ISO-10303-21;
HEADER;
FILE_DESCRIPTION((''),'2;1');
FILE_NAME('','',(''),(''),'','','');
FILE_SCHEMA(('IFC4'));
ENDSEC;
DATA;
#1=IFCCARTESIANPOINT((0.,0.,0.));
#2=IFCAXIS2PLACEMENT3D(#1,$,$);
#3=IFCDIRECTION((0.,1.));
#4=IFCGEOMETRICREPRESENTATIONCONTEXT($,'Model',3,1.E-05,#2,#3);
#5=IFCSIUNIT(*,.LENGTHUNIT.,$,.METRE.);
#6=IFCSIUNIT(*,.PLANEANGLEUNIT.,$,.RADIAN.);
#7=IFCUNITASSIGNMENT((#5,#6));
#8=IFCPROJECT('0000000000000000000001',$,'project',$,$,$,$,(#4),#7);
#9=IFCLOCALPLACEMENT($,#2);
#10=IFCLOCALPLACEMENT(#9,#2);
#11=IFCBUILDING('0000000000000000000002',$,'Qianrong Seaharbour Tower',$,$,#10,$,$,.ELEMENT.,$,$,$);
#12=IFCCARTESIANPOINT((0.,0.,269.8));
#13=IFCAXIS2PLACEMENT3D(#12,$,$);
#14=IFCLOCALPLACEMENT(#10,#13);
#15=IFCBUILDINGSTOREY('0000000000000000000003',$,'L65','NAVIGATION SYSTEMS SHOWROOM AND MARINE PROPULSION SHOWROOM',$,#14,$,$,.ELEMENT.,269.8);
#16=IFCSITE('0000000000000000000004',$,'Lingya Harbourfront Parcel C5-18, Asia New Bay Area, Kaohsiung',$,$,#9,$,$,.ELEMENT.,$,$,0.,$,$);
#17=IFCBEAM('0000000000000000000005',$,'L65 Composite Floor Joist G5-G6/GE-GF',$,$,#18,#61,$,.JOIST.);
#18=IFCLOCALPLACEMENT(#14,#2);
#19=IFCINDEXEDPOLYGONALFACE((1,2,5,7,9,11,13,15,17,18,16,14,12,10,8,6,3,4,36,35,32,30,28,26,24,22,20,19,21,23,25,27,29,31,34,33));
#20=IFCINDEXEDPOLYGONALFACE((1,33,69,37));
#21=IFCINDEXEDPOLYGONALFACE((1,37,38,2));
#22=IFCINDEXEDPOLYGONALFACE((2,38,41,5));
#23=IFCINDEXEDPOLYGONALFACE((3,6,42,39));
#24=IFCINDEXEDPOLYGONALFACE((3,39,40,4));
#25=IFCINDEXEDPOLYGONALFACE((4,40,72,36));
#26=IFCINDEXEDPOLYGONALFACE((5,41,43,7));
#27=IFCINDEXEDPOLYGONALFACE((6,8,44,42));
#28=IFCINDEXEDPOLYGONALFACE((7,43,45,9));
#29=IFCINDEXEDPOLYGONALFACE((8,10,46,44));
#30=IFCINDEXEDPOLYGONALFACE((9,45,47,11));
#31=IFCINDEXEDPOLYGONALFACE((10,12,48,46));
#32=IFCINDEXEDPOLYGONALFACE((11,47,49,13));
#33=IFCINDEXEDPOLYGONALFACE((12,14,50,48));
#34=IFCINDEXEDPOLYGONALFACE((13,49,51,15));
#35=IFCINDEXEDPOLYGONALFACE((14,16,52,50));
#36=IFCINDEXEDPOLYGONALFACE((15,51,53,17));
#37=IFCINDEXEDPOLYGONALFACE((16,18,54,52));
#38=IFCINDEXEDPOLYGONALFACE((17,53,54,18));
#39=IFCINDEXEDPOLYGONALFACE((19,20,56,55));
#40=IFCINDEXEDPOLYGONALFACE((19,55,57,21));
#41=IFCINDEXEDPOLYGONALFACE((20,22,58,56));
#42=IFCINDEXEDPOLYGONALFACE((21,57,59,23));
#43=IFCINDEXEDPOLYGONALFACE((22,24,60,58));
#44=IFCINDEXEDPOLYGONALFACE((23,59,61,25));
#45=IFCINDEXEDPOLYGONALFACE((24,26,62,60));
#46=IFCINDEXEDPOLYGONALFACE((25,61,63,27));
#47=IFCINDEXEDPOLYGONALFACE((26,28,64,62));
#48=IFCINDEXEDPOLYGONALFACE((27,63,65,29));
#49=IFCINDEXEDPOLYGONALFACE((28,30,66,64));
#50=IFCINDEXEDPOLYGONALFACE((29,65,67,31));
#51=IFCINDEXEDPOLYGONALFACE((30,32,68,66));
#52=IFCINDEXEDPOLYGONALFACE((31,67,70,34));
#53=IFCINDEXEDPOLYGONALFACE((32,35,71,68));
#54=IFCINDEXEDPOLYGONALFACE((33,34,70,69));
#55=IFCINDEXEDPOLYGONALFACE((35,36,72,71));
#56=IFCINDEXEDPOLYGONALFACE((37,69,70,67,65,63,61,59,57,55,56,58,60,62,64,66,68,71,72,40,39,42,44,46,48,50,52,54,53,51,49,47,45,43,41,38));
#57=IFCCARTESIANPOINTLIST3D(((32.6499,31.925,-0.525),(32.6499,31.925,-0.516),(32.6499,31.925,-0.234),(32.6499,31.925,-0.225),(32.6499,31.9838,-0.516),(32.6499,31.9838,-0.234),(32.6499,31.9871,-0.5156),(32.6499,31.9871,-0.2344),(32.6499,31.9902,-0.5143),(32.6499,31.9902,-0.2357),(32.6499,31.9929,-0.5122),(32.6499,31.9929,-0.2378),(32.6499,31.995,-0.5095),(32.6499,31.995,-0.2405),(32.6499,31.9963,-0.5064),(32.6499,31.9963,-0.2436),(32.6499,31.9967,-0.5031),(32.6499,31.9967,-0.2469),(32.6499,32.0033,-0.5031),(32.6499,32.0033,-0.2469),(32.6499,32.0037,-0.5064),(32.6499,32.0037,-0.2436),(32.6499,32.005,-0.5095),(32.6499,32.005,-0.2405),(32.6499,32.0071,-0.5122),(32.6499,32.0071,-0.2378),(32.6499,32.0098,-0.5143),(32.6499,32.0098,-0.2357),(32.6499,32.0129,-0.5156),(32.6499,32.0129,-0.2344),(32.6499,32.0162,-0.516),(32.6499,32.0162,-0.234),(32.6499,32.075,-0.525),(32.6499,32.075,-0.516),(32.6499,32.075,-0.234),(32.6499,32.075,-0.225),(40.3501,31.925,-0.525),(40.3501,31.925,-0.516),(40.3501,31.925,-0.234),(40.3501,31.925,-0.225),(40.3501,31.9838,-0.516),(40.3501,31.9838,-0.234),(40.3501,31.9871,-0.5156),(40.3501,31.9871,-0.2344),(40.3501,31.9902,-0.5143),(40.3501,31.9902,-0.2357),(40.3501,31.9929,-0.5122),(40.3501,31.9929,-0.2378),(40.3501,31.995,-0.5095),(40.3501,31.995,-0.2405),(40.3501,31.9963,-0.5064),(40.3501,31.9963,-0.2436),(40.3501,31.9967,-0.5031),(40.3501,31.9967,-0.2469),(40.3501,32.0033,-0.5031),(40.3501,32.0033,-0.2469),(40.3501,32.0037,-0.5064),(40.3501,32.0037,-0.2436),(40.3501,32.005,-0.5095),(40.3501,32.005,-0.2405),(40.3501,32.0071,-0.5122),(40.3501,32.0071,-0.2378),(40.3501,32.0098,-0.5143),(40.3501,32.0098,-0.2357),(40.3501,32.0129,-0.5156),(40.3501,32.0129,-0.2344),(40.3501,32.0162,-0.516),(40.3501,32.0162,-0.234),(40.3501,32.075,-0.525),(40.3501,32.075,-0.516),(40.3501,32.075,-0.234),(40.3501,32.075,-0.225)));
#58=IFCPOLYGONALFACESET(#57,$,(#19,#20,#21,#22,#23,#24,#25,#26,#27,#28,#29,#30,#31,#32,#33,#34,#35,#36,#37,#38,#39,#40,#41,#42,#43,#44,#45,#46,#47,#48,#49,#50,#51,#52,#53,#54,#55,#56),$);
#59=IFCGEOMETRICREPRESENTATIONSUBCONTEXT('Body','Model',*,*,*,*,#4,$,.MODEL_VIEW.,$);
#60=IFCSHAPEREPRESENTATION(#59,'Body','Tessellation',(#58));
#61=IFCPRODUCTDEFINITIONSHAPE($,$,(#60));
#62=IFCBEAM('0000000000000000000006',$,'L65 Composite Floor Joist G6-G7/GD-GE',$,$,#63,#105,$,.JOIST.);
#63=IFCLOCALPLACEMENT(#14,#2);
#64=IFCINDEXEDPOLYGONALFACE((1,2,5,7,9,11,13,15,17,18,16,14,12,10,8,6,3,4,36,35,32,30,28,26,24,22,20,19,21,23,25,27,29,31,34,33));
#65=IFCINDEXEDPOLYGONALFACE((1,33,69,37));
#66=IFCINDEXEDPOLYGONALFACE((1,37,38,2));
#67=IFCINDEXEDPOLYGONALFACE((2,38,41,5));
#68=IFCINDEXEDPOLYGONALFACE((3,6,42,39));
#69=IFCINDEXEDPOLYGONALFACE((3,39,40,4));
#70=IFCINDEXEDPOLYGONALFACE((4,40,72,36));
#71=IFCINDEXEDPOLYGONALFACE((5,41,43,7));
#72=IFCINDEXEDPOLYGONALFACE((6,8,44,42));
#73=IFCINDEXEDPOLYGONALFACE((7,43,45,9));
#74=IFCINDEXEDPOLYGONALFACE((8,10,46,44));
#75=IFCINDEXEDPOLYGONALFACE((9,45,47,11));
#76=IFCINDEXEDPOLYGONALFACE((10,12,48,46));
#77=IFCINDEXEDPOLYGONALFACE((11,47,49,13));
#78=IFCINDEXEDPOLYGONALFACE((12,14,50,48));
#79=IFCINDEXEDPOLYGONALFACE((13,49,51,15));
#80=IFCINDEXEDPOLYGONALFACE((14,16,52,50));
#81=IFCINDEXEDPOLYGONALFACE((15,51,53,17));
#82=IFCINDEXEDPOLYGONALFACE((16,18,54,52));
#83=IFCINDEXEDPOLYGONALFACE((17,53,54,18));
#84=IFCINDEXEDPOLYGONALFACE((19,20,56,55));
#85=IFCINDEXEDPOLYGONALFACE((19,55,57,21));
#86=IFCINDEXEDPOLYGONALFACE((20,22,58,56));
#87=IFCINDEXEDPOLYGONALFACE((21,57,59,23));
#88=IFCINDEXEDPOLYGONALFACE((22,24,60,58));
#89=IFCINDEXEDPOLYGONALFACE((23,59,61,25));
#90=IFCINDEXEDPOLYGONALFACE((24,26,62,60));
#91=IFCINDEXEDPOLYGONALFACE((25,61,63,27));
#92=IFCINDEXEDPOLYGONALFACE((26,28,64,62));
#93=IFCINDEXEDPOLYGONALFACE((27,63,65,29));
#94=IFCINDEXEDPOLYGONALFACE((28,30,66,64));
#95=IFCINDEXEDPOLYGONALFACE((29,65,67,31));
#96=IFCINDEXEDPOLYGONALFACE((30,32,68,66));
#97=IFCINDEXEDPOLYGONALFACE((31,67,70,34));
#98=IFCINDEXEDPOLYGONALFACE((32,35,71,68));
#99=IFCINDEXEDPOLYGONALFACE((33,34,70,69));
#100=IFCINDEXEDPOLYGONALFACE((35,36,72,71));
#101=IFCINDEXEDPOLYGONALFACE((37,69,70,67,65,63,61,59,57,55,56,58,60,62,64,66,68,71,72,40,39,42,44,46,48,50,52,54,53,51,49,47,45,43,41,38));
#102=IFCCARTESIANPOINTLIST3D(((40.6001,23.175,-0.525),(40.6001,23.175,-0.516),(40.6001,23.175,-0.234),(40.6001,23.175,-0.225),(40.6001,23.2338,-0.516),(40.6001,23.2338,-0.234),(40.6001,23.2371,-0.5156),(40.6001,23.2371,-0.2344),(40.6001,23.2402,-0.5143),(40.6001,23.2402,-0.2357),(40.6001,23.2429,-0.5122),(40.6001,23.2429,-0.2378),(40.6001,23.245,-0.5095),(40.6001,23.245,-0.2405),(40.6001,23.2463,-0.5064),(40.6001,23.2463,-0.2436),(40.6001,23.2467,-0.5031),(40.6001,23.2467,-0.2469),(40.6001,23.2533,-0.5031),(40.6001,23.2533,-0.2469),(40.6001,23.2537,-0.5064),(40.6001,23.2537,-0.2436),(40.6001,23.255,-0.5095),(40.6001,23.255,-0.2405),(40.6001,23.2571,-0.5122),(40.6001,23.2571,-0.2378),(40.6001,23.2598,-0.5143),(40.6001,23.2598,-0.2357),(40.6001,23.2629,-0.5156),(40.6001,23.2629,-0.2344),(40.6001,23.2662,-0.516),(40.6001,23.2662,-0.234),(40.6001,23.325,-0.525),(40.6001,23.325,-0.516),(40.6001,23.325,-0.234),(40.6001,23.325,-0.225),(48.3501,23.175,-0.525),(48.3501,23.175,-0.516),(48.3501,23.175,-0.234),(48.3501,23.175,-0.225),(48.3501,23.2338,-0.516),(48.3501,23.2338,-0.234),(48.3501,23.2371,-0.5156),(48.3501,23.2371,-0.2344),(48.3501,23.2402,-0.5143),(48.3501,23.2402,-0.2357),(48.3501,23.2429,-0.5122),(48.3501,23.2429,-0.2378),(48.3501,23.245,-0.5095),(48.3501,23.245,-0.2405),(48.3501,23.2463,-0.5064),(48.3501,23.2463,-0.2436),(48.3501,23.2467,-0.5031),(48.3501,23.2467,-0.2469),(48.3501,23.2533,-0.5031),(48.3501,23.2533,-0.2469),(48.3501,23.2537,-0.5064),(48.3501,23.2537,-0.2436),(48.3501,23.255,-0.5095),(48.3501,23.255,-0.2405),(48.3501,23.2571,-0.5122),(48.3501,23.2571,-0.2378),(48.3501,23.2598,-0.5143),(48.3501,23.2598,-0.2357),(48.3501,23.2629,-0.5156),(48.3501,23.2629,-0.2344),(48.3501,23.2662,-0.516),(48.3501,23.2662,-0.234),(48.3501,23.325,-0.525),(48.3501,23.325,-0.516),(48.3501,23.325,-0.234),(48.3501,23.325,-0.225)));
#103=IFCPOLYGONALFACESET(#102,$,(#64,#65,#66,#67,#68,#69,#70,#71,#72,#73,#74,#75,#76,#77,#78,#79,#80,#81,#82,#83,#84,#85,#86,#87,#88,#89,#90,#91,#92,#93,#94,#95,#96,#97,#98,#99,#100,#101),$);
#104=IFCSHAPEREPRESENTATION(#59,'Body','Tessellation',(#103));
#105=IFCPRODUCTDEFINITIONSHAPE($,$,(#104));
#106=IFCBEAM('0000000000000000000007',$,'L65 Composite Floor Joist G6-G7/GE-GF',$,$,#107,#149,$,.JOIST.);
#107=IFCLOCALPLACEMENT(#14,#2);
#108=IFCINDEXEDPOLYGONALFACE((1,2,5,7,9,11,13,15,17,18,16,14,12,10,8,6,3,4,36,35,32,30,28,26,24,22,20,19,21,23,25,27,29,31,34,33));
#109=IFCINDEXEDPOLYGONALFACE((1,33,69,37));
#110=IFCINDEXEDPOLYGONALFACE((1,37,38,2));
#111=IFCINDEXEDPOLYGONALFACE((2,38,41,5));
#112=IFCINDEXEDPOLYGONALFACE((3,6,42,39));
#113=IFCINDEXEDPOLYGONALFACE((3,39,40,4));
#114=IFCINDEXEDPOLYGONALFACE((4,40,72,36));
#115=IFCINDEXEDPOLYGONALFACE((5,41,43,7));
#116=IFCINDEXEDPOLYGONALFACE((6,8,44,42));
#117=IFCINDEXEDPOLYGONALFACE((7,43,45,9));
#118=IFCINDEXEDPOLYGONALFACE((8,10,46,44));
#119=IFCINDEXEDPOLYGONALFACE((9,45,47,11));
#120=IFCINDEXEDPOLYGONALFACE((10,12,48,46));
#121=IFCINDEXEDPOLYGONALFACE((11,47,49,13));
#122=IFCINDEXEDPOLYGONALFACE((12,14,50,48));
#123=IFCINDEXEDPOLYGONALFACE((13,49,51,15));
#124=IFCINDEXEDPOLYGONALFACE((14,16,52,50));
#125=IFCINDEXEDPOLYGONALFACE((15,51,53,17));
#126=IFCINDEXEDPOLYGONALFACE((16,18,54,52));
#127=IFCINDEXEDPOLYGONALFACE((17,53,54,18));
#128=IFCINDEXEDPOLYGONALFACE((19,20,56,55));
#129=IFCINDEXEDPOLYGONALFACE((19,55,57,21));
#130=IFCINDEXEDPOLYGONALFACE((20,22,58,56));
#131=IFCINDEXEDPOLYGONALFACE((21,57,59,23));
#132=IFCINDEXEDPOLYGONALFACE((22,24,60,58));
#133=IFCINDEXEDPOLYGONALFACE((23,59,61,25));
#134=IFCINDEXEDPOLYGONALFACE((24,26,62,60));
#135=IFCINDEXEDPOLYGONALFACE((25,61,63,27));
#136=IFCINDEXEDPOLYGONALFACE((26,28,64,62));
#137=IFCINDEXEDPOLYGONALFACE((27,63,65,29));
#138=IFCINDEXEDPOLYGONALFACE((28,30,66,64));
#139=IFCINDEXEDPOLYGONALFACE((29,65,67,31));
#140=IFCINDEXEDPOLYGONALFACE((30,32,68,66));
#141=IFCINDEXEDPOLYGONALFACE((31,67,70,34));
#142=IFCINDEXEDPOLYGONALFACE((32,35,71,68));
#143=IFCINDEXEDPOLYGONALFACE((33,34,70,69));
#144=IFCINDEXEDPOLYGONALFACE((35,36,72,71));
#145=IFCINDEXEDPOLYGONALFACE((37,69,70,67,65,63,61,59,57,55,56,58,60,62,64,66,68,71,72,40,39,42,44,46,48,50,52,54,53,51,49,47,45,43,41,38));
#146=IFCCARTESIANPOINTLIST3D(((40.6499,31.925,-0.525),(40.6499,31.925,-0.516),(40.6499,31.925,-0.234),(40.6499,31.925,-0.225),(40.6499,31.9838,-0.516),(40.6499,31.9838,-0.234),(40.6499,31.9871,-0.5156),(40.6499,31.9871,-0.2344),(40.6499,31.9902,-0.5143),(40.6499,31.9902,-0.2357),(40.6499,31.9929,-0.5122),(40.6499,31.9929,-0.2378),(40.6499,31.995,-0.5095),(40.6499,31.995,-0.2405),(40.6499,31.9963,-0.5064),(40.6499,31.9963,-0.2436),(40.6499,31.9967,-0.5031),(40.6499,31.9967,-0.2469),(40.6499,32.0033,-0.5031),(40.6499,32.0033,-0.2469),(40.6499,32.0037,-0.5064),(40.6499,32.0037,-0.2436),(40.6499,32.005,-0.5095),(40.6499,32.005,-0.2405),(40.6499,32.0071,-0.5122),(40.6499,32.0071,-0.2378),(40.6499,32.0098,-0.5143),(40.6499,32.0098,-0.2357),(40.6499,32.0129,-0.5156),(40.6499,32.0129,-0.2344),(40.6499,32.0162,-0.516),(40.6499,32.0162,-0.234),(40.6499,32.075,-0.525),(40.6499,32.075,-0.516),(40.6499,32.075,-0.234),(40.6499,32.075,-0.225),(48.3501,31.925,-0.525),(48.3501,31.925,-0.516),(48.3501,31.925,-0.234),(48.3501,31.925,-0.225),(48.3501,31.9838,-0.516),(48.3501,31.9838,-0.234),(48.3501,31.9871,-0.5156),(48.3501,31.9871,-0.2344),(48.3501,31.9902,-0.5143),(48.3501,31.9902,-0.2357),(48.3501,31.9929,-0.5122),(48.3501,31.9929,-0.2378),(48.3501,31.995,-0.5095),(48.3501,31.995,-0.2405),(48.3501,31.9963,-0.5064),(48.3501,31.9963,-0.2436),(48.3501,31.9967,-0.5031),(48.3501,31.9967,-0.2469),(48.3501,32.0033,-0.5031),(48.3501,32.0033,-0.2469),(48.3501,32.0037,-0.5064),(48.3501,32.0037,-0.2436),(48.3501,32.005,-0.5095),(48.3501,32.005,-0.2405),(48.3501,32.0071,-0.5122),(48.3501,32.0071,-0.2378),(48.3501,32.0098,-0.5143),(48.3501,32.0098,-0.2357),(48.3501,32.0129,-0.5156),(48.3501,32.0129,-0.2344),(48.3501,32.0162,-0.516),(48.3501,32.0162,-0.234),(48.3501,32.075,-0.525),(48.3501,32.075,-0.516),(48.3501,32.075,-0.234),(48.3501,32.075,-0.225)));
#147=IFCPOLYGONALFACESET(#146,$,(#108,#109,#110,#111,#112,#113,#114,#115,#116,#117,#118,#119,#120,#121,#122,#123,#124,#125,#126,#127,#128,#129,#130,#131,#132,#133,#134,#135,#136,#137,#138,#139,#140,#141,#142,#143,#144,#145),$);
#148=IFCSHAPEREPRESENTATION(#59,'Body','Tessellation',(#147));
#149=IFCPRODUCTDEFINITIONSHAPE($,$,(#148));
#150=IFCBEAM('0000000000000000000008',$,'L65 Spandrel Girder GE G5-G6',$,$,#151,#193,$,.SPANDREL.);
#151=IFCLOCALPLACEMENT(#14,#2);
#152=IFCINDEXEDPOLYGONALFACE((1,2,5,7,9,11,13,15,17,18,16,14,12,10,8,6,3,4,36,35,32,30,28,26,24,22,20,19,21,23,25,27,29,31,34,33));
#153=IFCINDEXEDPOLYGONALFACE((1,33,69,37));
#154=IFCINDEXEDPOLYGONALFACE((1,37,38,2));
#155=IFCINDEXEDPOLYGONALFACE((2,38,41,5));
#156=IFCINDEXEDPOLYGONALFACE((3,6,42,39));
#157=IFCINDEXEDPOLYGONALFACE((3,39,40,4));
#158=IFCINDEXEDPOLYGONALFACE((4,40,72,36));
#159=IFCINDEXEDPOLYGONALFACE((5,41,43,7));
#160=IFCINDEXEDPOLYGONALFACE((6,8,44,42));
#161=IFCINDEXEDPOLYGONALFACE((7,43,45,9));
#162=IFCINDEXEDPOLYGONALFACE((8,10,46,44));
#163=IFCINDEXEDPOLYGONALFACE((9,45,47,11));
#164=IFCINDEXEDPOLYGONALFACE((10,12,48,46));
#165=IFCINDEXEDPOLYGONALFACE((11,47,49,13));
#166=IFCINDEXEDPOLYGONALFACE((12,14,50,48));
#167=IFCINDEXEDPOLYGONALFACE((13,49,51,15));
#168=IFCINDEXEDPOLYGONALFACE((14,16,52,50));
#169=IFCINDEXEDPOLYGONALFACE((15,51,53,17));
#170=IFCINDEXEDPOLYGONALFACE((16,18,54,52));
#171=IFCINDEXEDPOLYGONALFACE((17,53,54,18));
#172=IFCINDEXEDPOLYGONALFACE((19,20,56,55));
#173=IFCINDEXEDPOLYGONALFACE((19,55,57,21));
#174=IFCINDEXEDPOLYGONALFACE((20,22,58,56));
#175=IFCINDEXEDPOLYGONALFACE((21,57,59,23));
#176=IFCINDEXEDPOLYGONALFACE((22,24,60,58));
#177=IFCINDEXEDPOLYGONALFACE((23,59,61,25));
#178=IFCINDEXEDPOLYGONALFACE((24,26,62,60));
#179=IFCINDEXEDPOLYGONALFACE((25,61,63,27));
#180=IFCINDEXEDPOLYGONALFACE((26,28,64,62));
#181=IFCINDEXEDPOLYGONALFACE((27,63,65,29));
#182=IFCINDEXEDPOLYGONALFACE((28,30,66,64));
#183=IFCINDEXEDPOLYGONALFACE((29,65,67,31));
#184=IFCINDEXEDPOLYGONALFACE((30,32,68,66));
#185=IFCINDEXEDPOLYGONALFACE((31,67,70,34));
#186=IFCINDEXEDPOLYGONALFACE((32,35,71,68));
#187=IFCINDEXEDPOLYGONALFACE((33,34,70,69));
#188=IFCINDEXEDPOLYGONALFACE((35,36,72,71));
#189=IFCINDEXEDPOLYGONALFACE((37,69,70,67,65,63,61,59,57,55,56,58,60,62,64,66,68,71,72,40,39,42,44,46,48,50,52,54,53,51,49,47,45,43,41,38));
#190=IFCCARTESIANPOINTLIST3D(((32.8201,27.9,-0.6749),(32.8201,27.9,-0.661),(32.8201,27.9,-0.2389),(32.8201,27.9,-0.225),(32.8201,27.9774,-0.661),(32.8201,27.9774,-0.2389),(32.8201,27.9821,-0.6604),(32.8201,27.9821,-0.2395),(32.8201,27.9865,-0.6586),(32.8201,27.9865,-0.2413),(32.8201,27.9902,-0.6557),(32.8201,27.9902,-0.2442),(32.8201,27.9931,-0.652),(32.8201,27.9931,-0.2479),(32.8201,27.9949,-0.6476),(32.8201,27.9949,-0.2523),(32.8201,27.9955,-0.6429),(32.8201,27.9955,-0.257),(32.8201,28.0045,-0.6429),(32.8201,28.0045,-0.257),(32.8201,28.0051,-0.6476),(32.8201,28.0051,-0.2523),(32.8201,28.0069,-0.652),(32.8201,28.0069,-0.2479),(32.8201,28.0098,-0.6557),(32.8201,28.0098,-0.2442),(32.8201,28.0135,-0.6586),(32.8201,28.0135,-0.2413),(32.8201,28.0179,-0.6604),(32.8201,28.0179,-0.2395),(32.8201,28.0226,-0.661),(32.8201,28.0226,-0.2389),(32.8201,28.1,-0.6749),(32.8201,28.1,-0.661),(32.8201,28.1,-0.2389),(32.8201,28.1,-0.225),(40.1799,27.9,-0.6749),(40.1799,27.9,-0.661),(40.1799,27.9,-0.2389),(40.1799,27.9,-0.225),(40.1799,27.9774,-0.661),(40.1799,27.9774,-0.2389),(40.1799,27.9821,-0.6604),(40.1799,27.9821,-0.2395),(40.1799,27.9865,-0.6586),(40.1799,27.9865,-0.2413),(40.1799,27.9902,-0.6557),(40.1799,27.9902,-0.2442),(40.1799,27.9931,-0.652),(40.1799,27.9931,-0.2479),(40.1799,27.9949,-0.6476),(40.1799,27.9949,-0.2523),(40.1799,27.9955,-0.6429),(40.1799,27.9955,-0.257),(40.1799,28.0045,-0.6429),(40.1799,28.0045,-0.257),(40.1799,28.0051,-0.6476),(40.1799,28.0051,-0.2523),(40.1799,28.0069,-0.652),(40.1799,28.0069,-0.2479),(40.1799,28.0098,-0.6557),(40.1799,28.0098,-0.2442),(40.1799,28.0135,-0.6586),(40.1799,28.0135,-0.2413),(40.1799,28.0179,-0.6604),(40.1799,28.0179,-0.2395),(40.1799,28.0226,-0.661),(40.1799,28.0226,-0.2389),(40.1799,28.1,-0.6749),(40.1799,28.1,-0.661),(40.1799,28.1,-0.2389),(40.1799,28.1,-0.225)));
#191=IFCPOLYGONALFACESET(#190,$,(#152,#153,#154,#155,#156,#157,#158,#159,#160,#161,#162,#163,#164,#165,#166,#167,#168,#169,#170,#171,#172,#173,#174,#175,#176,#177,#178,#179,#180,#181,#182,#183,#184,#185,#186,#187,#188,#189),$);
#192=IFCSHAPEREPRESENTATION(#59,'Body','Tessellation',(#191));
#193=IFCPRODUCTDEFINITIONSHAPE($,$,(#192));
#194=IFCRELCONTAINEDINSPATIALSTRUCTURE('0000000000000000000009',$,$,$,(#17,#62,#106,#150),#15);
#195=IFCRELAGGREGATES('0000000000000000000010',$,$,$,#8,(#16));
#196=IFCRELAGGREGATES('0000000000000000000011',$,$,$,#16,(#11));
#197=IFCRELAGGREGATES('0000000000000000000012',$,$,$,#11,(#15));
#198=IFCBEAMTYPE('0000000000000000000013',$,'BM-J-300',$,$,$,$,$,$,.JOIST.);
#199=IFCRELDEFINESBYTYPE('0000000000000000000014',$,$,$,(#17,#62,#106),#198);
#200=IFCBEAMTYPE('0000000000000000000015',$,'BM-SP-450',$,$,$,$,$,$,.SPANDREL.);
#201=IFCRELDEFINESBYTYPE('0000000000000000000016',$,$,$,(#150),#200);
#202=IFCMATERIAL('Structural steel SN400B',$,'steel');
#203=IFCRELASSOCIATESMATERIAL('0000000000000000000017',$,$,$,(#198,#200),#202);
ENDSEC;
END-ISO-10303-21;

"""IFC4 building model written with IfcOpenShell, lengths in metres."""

from ifc_helpers import new_model, si_unit, direction, frame, origin, origin_2d, place, context, subcontext, project, spatial, i_section, extrude, material, material_profile, profile_set, type_object, element, save


model = new_model("IFC4")

# Units and contexts
model_context = context("Model", 3, precision=1e-05, world=origin(), true_north=direction((0.0, 1.0)))
body_context = subcontext(model_context, "Body", "Model", "MODEL_VIEW")
ifc_project = project(units=[si_unit("LENGTHUNIT", "METRE"), si_unit("PLANEANGLEUNIT", "RADIAN")], contexts=[model_context])

# Site, building, storey
site_placement = place(None, origin())
site = spatial("IfcSite", under=ifc_project, at=site_placement, Name="Lingya Harbourfront Parcel C5-18, Asia New Bay Area, Kaohsiung", CompositionType="ELEMENT", RefElevation=0.0)
building_placement = place(site_placement, origin())
building = spatial("IfcBuilding", under=site, at=building_placement, Name="Qianrong Seaharbour Tower", CompositionType="ELEMENT")
storey_placement = place(building_placement, frame((0.0, 0.0, 269.8)))
storey = spatial("IfcBuildingStorey", under=building, at=storey_placement, Name="L65", Description="NAVIGATION SYSTEMS SHOWROOM AND MARINE PROPULSION SHOWROOM", CompositionType="ELEMENT", Elevation=269.8)

# Beams
ifc_material_1 = material(Name="Structural steel SN400B", Category="steel")
ifc_material_profile_1 = material_profile(ifc_material_1, i_section(OverallWidth=0.1499, OverallDepth=0.3, WebThickness=0.0066, FlangeThickness=0.009, FilletRadius=0.0129, at=origin_2d()), Name="H300x150x6.5x9")
ifc_profile_set_1 = profile_set([ifc_material_profile_1], Name="Structural steel SN400B")
beam_type_1 = type_object("IfcBeamType", Name="BM-J-300", PredefinedType="JOIST", material=ifc_profile_set_1)
beam_1_placement = place(storey_placement, frame((32.6499, 32.0, -0.375), z_axis=(1.0, 0.0, 0.0), x_axis=(0.0, 1.0, 0.0)))
element("IfcBeam", 1, at=beam_1_placement, inside=storey, type_object=beam_type_1, Name="L65 Composite Floor Joist G5-G6/GE-GF", PredefinedType="JOIST", context=body_context, shape_type="SweptSolid", body=[
    extrude(i_section(OverallWidth=0.1499, OverallDepth=0.3, WebThickness=0.0066, FlangeThickness=0.009, FilletRadius=0.0129, at=origin_2d()), origin(), (0.0, 0.0, 1.0), 7.7002),
])
beam_2_placement = place(storey_placement, frame((40.6001, 23.25, -0.375), z_axis=(1.0, 0.0, 0.0), x_axis=(0.0, 1.0, 0.0)))
element("IfcBeam", 2, at=beam_2_placement, inside=storey, type_object=beam_type_1, Name="L65 Composite Floor Joist G6-G7/GD-GE", PredefinedType="JOIST", context=body_context, shape_type="SweptSolid", body=[
    extrude(i_section(OverallWidth=0.1499, OverallDepth=0.3, WebThickness=0.0066, FlangeThickness=0.009, FilletRadius=0.0129, at=origin_2d()), origin(), (0.0, 0.0, 1.0), 7.75),
])
beam_3_placement = place(storey_placement, frame((40.6499, 32.0, -0.375), z_axis=(1.0, 0.0, 0.0), x_axis=(0.0, 1.0, 0.0)))
element("IfcBeam", 3, at=beam_3_placement, inside=storey, type_object=beam_type_1, Name="L65 Composite Floor Joist G6-G7/GE-GF", PredefinedType="JOIST", context=body_context, shape_type="SweptSolid", body=[
    extrude(i_section(OverallWidth=0.1499, OverallDepth=0.3, WebThickness=0.0066, FlangeThickness=0.009, FilletRadius=0.0129, at=origin_2d()), origin(), (0.0, 0.0, 1.0), 7.7002),
])
ifc_material_profile_2 = material_profile(ifc_material_1, i_section(OverallWidth=0.2, OverallDepth=0.45, WebThickness=0.009, FlangeThickness=0.0139, FilletRadius=0.0181, at=origin_2d()), Name="H450x200x9x14")
ifc_profile_set_2 = profile_set([ifc_material_profile_2], Name="Structural steel SN400B")
beam_type_2 = type_object("IfcBeamType", Name="BM-SP-450", PredefinedType="SPANDREL", material=ifc_profile_set_2)
beam_4_placement = place(storey_placement, frame((32.8201, 28.0, -0.45), z_axis=(1.0, 0.0, 0.0), x_axis=(0.0, 1.0, 0.0)))
element("IfcBeam", 4, at=beam_4_placement, inside=storey, type_object=beam_type_2, Name="L65 Spandrel Girder GE G5-G6", PredefinedType="SPANDREL", context=body_context, shape_type="SweptSolid", body=[
    extrude(i_section(OverallWidth=0.2, OverallDepth=0.45, WebThickness=0.009, FlangeThickness=0.0139, FilletRadius=0.0181, at=origin_2d()), origin(), (0.0, 0.0, 1.0), 7.3599),
])

save(model, "model.ifc")
